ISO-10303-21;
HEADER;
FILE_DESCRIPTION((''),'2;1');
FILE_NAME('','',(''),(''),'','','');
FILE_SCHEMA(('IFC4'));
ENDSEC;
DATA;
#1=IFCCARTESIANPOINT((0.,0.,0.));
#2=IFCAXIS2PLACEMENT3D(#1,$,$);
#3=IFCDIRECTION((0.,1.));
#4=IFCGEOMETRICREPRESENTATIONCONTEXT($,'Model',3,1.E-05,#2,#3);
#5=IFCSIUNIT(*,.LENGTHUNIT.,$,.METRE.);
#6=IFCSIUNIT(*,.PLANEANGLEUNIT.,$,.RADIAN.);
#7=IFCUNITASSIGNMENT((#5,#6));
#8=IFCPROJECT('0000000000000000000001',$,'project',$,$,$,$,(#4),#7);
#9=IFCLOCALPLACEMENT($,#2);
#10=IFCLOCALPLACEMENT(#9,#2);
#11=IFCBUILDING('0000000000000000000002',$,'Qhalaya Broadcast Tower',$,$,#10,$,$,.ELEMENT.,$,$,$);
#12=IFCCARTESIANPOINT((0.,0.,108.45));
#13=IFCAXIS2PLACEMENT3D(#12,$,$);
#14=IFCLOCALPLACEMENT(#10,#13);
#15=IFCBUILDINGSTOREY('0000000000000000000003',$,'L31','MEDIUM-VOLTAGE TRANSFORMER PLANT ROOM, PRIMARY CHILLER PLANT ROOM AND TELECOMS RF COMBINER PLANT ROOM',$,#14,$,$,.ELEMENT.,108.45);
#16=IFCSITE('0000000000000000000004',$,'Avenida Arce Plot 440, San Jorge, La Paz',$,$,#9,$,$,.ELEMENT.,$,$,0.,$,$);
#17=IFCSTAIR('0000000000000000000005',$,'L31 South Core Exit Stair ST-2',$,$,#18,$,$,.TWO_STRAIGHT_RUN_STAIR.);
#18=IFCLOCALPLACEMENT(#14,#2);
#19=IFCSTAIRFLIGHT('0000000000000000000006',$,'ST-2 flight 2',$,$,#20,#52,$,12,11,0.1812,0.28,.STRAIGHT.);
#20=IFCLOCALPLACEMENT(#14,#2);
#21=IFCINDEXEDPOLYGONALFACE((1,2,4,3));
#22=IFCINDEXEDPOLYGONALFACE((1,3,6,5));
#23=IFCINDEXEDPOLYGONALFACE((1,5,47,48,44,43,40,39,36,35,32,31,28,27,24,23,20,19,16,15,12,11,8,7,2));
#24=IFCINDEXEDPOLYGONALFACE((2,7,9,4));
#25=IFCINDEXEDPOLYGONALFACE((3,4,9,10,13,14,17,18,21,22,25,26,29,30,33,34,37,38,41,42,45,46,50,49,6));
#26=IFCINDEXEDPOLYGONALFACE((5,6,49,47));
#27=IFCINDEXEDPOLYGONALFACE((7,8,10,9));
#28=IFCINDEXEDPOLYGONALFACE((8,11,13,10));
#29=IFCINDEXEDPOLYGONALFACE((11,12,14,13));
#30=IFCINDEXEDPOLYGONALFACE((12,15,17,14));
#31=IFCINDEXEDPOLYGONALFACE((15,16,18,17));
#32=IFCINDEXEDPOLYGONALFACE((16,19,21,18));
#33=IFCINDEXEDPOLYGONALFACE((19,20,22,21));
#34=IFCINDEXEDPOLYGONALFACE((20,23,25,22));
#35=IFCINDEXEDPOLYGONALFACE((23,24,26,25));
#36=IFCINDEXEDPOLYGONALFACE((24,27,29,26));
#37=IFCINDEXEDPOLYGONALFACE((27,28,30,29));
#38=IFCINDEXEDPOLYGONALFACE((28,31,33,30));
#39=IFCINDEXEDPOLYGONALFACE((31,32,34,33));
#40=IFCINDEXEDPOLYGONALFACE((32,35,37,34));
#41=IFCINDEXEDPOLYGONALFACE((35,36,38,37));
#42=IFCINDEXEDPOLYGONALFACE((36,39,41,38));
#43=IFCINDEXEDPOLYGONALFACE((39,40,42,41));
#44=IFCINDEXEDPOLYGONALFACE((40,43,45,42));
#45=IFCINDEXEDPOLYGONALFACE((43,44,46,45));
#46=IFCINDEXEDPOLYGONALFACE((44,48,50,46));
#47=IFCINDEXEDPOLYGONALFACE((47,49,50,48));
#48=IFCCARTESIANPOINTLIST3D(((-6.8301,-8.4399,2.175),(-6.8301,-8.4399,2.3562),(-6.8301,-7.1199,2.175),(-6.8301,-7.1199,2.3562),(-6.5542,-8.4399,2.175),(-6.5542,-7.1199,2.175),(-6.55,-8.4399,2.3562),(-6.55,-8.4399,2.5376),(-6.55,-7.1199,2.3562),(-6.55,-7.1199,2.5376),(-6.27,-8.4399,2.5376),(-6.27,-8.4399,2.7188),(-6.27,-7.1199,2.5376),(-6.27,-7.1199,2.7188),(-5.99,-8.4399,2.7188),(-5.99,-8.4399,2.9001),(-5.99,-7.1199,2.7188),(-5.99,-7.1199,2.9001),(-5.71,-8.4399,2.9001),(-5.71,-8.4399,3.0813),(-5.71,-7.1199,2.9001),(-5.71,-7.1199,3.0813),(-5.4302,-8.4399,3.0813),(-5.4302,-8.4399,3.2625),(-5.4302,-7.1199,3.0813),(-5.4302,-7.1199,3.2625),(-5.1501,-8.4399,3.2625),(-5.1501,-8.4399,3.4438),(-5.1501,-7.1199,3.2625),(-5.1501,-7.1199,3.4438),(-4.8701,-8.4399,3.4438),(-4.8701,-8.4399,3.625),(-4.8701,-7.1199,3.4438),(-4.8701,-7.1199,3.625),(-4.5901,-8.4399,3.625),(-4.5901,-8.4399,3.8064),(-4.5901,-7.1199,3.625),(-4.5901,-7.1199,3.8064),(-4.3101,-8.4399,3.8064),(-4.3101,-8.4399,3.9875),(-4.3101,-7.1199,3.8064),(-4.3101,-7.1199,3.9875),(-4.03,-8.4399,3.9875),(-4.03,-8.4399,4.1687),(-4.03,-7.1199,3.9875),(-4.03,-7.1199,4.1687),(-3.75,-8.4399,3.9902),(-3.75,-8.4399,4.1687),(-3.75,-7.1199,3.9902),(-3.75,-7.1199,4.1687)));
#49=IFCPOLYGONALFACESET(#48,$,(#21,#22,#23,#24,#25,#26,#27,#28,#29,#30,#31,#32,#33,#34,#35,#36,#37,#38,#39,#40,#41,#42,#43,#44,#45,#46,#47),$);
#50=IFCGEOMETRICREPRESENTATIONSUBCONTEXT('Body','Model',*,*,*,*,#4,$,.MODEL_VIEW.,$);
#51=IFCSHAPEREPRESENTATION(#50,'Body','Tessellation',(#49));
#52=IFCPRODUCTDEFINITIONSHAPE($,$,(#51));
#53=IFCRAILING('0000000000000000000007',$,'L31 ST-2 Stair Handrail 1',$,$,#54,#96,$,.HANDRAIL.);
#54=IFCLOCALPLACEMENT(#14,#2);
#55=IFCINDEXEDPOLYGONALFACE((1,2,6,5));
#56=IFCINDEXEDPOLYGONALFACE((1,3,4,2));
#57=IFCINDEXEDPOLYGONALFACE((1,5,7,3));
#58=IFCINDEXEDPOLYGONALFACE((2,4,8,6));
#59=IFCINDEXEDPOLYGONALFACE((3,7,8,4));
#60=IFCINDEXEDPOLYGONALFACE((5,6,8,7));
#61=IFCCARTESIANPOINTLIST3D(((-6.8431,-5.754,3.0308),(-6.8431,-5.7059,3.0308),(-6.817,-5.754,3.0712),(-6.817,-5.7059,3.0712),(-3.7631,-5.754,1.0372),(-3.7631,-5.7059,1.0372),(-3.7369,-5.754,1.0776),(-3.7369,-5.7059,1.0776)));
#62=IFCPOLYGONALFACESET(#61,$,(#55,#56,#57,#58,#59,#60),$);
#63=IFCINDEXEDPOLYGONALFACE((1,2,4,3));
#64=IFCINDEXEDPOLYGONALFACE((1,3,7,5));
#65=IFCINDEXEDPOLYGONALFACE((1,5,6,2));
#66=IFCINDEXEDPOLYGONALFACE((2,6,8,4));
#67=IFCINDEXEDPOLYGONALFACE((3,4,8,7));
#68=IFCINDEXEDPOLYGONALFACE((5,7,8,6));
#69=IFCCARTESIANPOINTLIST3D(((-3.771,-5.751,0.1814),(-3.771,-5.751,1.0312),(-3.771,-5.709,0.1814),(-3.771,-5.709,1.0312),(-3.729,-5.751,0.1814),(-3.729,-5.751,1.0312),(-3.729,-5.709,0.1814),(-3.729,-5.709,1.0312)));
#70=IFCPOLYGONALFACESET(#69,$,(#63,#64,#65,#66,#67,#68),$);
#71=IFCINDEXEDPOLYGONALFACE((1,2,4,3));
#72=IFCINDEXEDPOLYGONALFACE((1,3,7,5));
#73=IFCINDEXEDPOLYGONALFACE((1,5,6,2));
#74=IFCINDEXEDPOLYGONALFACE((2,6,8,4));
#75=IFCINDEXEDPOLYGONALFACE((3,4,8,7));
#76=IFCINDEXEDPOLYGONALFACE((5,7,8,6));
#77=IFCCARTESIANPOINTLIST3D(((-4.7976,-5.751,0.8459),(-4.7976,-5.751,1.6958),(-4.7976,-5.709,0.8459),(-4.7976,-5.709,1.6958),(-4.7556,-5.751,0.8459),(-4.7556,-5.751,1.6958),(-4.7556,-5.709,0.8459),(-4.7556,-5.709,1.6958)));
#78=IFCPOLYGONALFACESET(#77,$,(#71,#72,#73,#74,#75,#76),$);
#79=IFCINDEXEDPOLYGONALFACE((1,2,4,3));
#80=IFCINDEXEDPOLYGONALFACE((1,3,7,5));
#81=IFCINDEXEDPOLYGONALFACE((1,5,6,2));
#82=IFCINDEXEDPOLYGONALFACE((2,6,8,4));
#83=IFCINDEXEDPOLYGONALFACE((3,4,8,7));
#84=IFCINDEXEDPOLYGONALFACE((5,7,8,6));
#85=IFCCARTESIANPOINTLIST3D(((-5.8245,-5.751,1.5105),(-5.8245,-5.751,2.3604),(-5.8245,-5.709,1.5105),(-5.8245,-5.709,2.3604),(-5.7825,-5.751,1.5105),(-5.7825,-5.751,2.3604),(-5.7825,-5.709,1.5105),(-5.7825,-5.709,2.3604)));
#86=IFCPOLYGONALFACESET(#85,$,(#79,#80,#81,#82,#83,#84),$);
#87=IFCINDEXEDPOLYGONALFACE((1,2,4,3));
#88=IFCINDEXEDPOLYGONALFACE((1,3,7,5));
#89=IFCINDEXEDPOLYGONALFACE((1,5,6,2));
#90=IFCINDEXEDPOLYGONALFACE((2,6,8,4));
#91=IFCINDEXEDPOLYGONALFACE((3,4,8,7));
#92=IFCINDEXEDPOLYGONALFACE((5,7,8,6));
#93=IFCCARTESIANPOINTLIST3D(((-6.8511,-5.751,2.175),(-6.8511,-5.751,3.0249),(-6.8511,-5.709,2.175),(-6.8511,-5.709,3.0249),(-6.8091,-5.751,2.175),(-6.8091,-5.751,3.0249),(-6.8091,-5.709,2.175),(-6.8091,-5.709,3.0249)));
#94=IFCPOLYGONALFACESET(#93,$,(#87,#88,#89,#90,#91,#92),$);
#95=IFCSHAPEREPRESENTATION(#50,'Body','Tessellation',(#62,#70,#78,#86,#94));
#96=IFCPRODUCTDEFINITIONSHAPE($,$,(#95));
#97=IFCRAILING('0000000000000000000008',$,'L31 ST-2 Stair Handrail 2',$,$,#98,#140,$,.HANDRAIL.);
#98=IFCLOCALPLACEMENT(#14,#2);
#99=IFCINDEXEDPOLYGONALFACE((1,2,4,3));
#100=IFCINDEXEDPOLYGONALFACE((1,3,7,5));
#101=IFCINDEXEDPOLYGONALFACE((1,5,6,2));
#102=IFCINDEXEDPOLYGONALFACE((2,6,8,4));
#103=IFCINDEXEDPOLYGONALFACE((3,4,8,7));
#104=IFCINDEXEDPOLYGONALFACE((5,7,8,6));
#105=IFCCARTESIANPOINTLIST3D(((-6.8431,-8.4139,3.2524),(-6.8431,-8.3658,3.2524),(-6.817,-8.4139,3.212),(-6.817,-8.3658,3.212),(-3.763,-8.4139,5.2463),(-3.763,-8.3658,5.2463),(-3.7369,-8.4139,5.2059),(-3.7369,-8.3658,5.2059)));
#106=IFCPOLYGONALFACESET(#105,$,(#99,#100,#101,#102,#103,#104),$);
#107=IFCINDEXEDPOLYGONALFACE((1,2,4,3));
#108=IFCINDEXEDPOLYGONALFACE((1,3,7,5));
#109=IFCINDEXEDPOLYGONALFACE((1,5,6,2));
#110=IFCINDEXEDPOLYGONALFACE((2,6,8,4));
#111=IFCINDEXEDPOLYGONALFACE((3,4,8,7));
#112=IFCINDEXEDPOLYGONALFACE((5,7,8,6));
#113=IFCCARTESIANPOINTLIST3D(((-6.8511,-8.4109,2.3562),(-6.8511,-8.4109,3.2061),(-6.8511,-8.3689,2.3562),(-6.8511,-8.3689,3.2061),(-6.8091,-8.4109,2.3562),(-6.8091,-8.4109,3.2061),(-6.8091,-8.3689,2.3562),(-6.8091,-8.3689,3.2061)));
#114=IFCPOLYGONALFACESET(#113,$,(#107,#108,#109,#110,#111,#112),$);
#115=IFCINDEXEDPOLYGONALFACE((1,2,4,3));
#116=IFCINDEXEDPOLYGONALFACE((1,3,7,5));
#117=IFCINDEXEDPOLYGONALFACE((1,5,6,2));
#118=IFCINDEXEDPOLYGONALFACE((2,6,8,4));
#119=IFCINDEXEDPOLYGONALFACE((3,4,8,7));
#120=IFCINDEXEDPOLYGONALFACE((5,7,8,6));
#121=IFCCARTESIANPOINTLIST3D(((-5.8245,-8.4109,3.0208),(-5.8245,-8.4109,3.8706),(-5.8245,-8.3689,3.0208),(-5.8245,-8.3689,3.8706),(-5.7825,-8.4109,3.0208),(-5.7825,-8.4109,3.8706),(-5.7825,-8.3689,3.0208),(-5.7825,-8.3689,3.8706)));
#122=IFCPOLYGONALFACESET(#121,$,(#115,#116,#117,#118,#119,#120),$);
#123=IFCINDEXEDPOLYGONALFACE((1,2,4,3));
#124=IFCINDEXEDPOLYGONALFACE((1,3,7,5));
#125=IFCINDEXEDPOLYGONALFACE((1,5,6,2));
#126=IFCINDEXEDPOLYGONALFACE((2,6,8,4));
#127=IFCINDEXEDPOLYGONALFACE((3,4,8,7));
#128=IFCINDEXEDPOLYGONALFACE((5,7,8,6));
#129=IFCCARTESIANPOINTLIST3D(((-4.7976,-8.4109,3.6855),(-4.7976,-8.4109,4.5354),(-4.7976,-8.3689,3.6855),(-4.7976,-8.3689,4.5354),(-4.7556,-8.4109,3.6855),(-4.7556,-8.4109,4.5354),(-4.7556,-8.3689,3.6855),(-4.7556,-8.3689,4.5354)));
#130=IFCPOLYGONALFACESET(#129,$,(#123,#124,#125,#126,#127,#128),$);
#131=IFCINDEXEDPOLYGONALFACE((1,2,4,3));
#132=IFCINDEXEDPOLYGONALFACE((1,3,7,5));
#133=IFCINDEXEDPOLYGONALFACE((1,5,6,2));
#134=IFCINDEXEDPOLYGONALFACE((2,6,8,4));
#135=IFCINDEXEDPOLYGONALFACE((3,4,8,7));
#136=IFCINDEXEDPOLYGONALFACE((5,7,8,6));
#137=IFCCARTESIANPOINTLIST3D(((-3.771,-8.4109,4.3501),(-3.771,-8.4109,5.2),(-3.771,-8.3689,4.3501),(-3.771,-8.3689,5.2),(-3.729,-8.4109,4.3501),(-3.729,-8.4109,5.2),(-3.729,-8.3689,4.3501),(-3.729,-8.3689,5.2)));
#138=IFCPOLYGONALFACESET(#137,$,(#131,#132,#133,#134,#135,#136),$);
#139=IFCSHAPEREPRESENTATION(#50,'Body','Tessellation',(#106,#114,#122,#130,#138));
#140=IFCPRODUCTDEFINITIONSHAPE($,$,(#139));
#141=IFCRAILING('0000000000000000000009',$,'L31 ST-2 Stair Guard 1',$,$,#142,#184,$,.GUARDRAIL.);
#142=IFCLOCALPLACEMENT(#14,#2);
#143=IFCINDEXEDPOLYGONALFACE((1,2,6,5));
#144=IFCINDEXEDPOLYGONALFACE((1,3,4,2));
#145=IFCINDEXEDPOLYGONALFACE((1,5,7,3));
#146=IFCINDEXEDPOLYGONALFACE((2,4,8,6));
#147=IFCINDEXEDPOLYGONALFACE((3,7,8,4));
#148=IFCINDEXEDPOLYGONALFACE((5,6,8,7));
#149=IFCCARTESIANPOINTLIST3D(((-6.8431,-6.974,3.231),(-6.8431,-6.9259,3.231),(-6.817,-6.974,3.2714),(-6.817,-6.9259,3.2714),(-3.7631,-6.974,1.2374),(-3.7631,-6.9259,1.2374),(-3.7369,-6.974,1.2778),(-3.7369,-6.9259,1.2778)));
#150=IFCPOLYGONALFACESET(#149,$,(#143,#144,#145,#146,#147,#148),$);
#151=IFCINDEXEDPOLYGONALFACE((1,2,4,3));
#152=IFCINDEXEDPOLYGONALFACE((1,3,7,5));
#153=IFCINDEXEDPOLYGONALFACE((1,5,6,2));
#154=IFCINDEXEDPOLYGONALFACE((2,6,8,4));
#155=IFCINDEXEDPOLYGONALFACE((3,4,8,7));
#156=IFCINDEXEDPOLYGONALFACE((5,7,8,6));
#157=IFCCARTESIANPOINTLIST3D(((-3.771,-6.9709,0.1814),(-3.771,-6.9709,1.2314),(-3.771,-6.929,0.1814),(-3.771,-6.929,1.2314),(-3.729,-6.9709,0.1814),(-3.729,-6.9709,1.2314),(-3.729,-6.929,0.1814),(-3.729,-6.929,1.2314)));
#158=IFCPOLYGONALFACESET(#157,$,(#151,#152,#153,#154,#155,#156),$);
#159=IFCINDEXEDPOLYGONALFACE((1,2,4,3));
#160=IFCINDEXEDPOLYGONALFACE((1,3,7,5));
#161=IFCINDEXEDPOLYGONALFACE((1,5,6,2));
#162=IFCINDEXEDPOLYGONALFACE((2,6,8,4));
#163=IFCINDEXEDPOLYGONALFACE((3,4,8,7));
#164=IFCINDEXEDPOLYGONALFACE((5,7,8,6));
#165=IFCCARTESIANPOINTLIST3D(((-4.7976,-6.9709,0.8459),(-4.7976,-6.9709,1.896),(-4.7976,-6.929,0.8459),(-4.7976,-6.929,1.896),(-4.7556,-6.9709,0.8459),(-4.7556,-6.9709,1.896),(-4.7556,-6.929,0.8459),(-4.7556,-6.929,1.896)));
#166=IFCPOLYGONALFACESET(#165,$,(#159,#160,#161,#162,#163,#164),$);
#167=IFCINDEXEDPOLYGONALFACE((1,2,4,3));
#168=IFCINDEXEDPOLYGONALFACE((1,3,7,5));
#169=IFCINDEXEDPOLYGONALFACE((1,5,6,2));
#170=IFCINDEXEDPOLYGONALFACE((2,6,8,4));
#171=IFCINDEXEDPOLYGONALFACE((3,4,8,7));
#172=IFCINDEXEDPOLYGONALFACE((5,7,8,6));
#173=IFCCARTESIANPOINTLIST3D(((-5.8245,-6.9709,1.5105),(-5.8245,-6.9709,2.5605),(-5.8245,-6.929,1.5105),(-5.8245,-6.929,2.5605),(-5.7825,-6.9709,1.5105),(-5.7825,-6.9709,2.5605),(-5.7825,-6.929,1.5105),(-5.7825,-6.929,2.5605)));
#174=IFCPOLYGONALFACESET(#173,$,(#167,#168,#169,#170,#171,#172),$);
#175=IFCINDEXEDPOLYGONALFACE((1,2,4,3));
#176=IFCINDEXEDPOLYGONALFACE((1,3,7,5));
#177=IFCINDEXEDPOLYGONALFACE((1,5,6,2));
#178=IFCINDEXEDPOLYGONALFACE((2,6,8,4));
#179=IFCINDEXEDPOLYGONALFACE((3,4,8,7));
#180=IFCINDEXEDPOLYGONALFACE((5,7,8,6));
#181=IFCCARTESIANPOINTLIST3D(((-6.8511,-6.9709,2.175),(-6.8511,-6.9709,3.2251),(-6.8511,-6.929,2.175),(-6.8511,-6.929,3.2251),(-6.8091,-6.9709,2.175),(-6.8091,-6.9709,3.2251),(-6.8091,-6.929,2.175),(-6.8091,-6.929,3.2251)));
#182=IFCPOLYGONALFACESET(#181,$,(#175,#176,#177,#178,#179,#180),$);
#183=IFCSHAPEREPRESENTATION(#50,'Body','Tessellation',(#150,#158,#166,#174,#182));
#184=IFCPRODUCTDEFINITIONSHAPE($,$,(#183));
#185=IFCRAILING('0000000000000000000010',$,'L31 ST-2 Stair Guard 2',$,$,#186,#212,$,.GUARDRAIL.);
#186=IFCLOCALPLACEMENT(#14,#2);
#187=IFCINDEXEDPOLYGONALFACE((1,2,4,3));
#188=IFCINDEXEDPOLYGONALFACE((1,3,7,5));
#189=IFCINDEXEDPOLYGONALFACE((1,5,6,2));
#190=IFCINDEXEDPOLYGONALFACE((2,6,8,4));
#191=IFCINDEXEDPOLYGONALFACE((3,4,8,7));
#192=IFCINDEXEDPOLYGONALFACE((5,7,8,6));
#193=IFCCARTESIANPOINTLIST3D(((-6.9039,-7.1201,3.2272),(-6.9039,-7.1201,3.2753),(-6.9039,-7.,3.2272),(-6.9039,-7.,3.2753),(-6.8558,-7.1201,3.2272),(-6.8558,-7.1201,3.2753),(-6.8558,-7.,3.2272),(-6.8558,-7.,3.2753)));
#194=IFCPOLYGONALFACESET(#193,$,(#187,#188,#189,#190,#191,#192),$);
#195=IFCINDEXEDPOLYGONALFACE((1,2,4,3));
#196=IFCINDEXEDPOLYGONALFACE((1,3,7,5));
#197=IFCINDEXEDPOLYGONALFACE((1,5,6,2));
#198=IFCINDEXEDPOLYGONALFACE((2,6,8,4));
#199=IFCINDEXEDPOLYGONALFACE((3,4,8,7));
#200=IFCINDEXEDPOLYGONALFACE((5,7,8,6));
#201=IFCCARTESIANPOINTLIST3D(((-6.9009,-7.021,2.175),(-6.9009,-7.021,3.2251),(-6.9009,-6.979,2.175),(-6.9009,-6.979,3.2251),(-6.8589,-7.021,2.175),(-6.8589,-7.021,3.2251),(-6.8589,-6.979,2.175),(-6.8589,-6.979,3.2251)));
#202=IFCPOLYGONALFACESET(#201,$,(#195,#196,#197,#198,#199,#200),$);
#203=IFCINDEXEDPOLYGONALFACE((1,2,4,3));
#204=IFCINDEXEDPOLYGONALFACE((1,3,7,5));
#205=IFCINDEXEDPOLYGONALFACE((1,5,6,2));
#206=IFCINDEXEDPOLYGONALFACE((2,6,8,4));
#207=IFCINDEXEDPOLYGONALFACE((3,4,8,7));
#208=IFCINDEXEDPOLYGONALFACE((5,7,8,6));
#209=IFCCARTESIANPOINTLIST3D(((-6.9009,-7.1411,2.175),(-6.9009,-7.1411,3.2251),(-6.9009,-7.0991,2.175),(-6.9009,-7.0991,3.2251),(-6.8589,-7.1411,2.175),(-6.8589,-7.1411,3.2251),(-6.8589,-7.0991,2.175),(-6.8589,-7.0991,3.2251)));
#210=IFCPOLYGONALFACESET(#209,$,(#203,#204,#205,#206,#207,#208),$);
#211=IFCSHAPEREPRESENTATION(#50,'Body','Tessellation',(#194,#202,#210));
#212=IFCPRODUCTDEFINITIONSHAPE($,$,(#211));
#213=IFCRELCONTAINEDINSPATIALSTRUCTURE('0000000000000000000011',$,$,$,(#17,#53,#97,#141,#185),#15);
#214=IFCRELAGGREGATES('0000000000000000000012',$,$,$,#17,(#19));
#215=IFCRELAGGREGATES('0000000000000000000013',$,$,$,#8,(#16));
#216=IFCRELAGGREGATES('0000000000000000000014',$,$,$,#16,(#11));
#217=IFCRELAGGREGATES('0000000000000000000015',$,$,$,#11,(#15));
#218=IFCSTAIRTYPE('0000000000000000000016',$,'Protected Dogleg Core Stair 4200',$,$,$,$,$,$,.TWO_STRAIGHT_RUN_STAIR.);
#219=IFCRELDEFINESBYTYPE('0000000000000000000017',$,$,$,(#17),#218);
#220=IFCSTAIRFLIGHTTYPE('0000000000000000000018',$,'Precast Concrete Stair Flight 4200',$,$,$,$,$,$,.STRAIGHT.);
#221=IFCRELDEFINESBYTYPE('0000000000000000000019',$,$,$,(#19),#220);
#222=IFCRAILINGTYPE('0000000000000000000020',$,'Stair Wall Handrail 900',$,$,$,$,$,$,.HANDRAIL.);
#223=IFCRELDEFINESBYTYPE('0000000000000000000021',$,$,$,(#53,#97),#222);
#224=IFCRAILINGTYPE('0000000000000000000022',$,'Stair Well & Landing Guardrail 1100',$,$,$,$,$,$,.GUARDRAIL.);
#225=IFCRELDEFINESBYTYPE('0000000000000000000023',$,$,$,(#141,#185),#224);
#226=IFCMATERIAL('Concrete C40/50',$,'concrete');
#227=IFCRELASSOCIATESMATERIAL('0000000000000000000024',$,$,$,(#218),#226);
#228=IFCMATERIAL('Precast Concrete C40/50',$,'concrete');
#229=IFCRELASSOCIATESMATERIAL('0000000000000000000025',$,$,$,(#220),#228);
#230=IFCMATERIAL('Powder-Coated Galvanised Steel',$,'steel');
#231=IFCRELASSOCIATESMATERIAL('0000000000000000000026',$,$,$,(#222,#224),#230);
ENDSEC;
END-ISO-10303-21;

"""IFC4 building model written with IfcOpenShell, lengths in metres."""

from ifc_helpers import new_model, si_unit, direction, frame, origin, origin_2d, place, context, subcontext, project, spatial, polyline, rectangle, outline, extrude, material, type_object, element, aggregate, save


model = new_model("IFC4")

# Units and contexts
model_context = context("Model", 3, precision=1e-05, world=origin(), true_north=direction((0.0, 1.0)))
body_context = subcontext(model_context, "Body", "Model", "MODEL_VIEW")
ifc_project = project(units=[si_unit("LENGTHUNIT", "METRE"), si_unit("PLANEANGLEUNIT", "RADIAN")], contexts=[model_context])

# Site, building, storey
site_placement = place(None, origin())
site = spatial("IfcSite", under=ifc_project, at=site_placement, Name="Avenida Arce Plot 440, San Jorge, La Paz", CompositionType="ELEMENT", RefElevation=0.0)
building_placement = place(site_placement, origin())
building = spatial("IfcBuilding", under=site, at=building_placement, Name="Qhalaya Broadcast Tower", CompositionType="ELEMENT")
storey_placement = place(building_placement, frame((0.0, 0.0, 108.45)))
storey = spatial("IfcBuildingStorey", under=building, at=storey_placement, Name="L31", Description="MEDIUM-VOLTAGE TRANSFORMER PLANT ROOM, PRIMARY CHILLER PLANT ROOM AND TELECOMS RF COMBINER PLANT ROOM", CompositionType="ELEMENT", Elevation=108.45)

# Stair, stair flight
ifc_material_1 = material(Name="Concrete C40/50", Category="concrete")
stair_type = type_object("IfcStairType", Name="Protected Dogleg Core Stair 4200", PredefinedType="TWO_STRAIGHT_RUN_STAIR", material=ifc_material_1)
stair_placement = place(storey_placement, origin())
stair = element("IfcStair", 1, at=stair_placement, inside=storey, type_object=stair_type, Name="L31 South Core Exit Stair ST-2", PredefinedType="TWO_STRAIGHT_RUN_STAIR")
ifc_material_2 = material(Name="Precast Concrete C40/50", Category="concrete")
stair_flight_type = type_object("IfcStairFlightType", Name="Precast Concrete Stair Flight 4200", PredefinedType="STRAIGHT", material=ifc_material_2)
stair_flight_1_placement = place(storey_placement, frame((-6.8301, -7.78, 2.175), z_axis=(0.0, 0.0, 1.0), x_axis=(1.0, 0.0, 0.0)))
stair_flight_1 = element("IfcStairFlight", 2, at=stair_flight_1_placement, type_object=stair_flight_type, Name="ST-2 flight 2", NumberOfRisers=12, NumberOfTreads=11, PredefinedType="STRAIGHT", RiserHeight=0.1812, TreadLength=0.28, context=body_context, shape_type="SweptSolid", body=[
    extrude(outline(polyline([(0.0, 0.0), (0.0, 0.1812), (0.28, 0.1812), (0.28, 0.3625), (0.5601, 0.3625), (0.5601, 0.5437), (0.8401, 0.5437), (0.8401, 0.7251), (1.1201, 0.7251), (1.1201, 0.9062), (1.3999, 0.9062), (1.3999, 1.0874), (1.6799, 1.0874), (1.6799, 1.2688), (1.96, 1.2688), (1.96, 1.45), (2.24, 1.45), (2.24, 1.6313), (2.52, 1.6313), (2.52, 1.8125), (2.8, 1.8125), (2.8, 1.9937), (3.0801, 1.9937), (3.0801, 2.175), (3.0801, 1.8152), (0.2759, 0.0), (0.0, 0.0)])), frame((0.0, 0.6602, 0.0), z_axis=(0.0, -1.0, 0.0), x_axis=(1.0, 0.0, 0.0)), (0.0, 0.0, 1.0), 1.3201),
])
aggregate(stair, [stair_flight_1])

# Railings
ifc_material_3 = material(Name="Powder-Coated Galvanised Steel", Category="steel")
railing_type_1 = type_object("IfcRailingType", Name="Stair Wall Handrail 900", PredefinedType="HANDRAIL", material=ifc_material_3)
railing_1_placement = place(storey_placement, frame((-3.75, -5.73, 0.1814)))
element("IfcRailing", 3, at=railing_1_placement, inside=storey, type_object=railing_type_1, Name="L31 ST-2 Stair Handrail 1", PredefinedType="HANDRAIL", context=body_context, shape_type="SweptSolid", body=[
    extrude(rectangle(XDim=0.0481, YDim=0.0481, at=origin_2d()), frame((0.0, 0.0, 0.876), z_axis=(-0.839488, 0.0, 0.543378), x_axis=(0.0, -1.0, 0.0)), (0.0, 0.0, 1.0), 3.6689),
    extrude(rectangle(XDim=0.042, YDim=0.042, at=origin_2d()), origin(), (0.0, 0.0, 1.0), 0.8499),
    extrude(rectangle(XDim=0.042, YDim=0.042, at=origin_2d()), frame((-1.0266, 0.0, 0.6646)), (0.0, 0.0, 1.0), 0.8499),
    extrude(rectangle(XDim=0.042, YDim=0.042, at=origin_2d()), frame((-2.0535, 0.0, 1.3291)), (0.0, 0.0, 1.0), 0.8499),
    extrude(rectangle(XDim=0.042, YDim=0.042, at=origin_2d()), frame((-3.0801, 0.0, 1.9937)), (0.0, 0.0, 1.0), 0.8499),
])
railing_2_placement = place(storey_placement, frame((-6.8301, -8.3899, 2.3562)))
element("IfcRailing", 4, at=railing_2_placement, inside=storey, type_object=railing_type_1, Name="L31 ST-2 Stair Handrail 2", PredefinedType="HANDRAIL", context=body_context, shape_type="SweptSolid", body=[
    extrude(rectangle(XDim=0.0481, YDim=0.0481, at=origin_2d()), frame((0.0, 0.0, 0.876), z_axis=(0.839458, 0.0, 0.543425), x_axis=(0.0, 1.0, 0.0)), (0.0, 0.0, 1.0), 3.6692),
    extrude(rectangle(XDim=0.042, YDim=0.042, at=origin_2d()), origin(), (0.0, 0.0, 1.0), 0.8499),
    extrude(rectangle(XDim=0.042, YDim=0.042, at=origin_2d()), frame((1.0266, 0.0, 0.6646)), (0.0, 0.0, 1.0), 0.8499),
    extrude(rectangle(XDim=0.042, YDim=0.042, at=origin_2d()), frame((2.0535, 0.0, 1.3293)), (0.0, 0.0, 1.0), 0.8499),
    extrude(rectangle(XDim=0.042, YDim=0.042, at=origin_2d()), frame((3.0801, 0.0, 1.9939)), (0.0, 0.0, 1.0), 0.8499),
])
railing_type_2 = type_object("IfcRailingType", Name="Stair Well & Landing Guardrail 1100", PredefinedType="GUARDRAIL", material=ifc_material_3)
railing_3_placement = place(storey_placement, frame((-3.75, -6.95, 0.1814)))
element("IfcRailing", 5, at=railing_3_placement, inside=storey, type_object=railing_type_2, Name="L31 ST-2 Stair Guard 1", PredefinedType="GUARDRAIL", context=body_context, shape_type="SweptSolid", body=[
    extrude(rectangle(XDim=0.0481, YDim=0.0481, at=origin_2d()), frame((0.0, 0.0, 1.0762), z_axis=(-0.839488, 0.0, 0.543378), x_axis=(0.0, -1.0, 0.0)), (0.0, 0.0, 1.0), 3.6689),
    extrude(rectangle(XDim=0.042, YDim=0.042, at=origin_2d()), origin(), (0.0, 0.0, 1.0), 1.05),
    extrude(rectangle(XDim=0.042, YDim=0.042, at=origin_2d()), frame((-1.0266, 0.0, 0.6646)), (0.0, 0.0, 1.0), 1.05),
    extrude(rectangle(XDim=0.042, YDim=0.042, at=origin_2d()), frame((-2.0535, 0.0, 1.3291)), (0.0, 0.0, 1.0), 1.05),
    extrude(rectangle(XDim=0.042, YDim=0.042, at=origin_2d()), frame((-3.0801, 0.0, 1.9937)), (0.0, 0.0, 1.0), 1.05),
])
railing_4_placement = place(storey_placement, frame((-6.8799, -7.0, 2.175)))
element("IfcRailing", 6, at=railing_4_placement, inside=storey, type_object=railing_type_2, Name="L31 ST-2 Stair Guard 2", PredefinedType="GUARDRAIL", context=body_context, shape_type="SweptSolid", body=[
    extrude(rectangle(XDim=0.0481, YDim=0.0481, at=origin_2d()), frame((0.0, 0.0, 1.0762), z_axis=(0.0, -1.0, 0.0), x_axis=(1.0, 0.0, 0.0)), (0.0, 0.0, 1.0), 0.1201),
    extrude(rectangle(XDim=0.042, YDim=0.042, at=origin_2d()), origin(), (0.0, 0.0, 1.0), 1.05),
    extrude(rectangle(XDim=0.042, YDim=0.042, at=origin_2d()), frame((0.0, -0.1201, 0.0)), (0.0, 0.0, 1.0), 1.05),
])

save(model, "model.ifc")
